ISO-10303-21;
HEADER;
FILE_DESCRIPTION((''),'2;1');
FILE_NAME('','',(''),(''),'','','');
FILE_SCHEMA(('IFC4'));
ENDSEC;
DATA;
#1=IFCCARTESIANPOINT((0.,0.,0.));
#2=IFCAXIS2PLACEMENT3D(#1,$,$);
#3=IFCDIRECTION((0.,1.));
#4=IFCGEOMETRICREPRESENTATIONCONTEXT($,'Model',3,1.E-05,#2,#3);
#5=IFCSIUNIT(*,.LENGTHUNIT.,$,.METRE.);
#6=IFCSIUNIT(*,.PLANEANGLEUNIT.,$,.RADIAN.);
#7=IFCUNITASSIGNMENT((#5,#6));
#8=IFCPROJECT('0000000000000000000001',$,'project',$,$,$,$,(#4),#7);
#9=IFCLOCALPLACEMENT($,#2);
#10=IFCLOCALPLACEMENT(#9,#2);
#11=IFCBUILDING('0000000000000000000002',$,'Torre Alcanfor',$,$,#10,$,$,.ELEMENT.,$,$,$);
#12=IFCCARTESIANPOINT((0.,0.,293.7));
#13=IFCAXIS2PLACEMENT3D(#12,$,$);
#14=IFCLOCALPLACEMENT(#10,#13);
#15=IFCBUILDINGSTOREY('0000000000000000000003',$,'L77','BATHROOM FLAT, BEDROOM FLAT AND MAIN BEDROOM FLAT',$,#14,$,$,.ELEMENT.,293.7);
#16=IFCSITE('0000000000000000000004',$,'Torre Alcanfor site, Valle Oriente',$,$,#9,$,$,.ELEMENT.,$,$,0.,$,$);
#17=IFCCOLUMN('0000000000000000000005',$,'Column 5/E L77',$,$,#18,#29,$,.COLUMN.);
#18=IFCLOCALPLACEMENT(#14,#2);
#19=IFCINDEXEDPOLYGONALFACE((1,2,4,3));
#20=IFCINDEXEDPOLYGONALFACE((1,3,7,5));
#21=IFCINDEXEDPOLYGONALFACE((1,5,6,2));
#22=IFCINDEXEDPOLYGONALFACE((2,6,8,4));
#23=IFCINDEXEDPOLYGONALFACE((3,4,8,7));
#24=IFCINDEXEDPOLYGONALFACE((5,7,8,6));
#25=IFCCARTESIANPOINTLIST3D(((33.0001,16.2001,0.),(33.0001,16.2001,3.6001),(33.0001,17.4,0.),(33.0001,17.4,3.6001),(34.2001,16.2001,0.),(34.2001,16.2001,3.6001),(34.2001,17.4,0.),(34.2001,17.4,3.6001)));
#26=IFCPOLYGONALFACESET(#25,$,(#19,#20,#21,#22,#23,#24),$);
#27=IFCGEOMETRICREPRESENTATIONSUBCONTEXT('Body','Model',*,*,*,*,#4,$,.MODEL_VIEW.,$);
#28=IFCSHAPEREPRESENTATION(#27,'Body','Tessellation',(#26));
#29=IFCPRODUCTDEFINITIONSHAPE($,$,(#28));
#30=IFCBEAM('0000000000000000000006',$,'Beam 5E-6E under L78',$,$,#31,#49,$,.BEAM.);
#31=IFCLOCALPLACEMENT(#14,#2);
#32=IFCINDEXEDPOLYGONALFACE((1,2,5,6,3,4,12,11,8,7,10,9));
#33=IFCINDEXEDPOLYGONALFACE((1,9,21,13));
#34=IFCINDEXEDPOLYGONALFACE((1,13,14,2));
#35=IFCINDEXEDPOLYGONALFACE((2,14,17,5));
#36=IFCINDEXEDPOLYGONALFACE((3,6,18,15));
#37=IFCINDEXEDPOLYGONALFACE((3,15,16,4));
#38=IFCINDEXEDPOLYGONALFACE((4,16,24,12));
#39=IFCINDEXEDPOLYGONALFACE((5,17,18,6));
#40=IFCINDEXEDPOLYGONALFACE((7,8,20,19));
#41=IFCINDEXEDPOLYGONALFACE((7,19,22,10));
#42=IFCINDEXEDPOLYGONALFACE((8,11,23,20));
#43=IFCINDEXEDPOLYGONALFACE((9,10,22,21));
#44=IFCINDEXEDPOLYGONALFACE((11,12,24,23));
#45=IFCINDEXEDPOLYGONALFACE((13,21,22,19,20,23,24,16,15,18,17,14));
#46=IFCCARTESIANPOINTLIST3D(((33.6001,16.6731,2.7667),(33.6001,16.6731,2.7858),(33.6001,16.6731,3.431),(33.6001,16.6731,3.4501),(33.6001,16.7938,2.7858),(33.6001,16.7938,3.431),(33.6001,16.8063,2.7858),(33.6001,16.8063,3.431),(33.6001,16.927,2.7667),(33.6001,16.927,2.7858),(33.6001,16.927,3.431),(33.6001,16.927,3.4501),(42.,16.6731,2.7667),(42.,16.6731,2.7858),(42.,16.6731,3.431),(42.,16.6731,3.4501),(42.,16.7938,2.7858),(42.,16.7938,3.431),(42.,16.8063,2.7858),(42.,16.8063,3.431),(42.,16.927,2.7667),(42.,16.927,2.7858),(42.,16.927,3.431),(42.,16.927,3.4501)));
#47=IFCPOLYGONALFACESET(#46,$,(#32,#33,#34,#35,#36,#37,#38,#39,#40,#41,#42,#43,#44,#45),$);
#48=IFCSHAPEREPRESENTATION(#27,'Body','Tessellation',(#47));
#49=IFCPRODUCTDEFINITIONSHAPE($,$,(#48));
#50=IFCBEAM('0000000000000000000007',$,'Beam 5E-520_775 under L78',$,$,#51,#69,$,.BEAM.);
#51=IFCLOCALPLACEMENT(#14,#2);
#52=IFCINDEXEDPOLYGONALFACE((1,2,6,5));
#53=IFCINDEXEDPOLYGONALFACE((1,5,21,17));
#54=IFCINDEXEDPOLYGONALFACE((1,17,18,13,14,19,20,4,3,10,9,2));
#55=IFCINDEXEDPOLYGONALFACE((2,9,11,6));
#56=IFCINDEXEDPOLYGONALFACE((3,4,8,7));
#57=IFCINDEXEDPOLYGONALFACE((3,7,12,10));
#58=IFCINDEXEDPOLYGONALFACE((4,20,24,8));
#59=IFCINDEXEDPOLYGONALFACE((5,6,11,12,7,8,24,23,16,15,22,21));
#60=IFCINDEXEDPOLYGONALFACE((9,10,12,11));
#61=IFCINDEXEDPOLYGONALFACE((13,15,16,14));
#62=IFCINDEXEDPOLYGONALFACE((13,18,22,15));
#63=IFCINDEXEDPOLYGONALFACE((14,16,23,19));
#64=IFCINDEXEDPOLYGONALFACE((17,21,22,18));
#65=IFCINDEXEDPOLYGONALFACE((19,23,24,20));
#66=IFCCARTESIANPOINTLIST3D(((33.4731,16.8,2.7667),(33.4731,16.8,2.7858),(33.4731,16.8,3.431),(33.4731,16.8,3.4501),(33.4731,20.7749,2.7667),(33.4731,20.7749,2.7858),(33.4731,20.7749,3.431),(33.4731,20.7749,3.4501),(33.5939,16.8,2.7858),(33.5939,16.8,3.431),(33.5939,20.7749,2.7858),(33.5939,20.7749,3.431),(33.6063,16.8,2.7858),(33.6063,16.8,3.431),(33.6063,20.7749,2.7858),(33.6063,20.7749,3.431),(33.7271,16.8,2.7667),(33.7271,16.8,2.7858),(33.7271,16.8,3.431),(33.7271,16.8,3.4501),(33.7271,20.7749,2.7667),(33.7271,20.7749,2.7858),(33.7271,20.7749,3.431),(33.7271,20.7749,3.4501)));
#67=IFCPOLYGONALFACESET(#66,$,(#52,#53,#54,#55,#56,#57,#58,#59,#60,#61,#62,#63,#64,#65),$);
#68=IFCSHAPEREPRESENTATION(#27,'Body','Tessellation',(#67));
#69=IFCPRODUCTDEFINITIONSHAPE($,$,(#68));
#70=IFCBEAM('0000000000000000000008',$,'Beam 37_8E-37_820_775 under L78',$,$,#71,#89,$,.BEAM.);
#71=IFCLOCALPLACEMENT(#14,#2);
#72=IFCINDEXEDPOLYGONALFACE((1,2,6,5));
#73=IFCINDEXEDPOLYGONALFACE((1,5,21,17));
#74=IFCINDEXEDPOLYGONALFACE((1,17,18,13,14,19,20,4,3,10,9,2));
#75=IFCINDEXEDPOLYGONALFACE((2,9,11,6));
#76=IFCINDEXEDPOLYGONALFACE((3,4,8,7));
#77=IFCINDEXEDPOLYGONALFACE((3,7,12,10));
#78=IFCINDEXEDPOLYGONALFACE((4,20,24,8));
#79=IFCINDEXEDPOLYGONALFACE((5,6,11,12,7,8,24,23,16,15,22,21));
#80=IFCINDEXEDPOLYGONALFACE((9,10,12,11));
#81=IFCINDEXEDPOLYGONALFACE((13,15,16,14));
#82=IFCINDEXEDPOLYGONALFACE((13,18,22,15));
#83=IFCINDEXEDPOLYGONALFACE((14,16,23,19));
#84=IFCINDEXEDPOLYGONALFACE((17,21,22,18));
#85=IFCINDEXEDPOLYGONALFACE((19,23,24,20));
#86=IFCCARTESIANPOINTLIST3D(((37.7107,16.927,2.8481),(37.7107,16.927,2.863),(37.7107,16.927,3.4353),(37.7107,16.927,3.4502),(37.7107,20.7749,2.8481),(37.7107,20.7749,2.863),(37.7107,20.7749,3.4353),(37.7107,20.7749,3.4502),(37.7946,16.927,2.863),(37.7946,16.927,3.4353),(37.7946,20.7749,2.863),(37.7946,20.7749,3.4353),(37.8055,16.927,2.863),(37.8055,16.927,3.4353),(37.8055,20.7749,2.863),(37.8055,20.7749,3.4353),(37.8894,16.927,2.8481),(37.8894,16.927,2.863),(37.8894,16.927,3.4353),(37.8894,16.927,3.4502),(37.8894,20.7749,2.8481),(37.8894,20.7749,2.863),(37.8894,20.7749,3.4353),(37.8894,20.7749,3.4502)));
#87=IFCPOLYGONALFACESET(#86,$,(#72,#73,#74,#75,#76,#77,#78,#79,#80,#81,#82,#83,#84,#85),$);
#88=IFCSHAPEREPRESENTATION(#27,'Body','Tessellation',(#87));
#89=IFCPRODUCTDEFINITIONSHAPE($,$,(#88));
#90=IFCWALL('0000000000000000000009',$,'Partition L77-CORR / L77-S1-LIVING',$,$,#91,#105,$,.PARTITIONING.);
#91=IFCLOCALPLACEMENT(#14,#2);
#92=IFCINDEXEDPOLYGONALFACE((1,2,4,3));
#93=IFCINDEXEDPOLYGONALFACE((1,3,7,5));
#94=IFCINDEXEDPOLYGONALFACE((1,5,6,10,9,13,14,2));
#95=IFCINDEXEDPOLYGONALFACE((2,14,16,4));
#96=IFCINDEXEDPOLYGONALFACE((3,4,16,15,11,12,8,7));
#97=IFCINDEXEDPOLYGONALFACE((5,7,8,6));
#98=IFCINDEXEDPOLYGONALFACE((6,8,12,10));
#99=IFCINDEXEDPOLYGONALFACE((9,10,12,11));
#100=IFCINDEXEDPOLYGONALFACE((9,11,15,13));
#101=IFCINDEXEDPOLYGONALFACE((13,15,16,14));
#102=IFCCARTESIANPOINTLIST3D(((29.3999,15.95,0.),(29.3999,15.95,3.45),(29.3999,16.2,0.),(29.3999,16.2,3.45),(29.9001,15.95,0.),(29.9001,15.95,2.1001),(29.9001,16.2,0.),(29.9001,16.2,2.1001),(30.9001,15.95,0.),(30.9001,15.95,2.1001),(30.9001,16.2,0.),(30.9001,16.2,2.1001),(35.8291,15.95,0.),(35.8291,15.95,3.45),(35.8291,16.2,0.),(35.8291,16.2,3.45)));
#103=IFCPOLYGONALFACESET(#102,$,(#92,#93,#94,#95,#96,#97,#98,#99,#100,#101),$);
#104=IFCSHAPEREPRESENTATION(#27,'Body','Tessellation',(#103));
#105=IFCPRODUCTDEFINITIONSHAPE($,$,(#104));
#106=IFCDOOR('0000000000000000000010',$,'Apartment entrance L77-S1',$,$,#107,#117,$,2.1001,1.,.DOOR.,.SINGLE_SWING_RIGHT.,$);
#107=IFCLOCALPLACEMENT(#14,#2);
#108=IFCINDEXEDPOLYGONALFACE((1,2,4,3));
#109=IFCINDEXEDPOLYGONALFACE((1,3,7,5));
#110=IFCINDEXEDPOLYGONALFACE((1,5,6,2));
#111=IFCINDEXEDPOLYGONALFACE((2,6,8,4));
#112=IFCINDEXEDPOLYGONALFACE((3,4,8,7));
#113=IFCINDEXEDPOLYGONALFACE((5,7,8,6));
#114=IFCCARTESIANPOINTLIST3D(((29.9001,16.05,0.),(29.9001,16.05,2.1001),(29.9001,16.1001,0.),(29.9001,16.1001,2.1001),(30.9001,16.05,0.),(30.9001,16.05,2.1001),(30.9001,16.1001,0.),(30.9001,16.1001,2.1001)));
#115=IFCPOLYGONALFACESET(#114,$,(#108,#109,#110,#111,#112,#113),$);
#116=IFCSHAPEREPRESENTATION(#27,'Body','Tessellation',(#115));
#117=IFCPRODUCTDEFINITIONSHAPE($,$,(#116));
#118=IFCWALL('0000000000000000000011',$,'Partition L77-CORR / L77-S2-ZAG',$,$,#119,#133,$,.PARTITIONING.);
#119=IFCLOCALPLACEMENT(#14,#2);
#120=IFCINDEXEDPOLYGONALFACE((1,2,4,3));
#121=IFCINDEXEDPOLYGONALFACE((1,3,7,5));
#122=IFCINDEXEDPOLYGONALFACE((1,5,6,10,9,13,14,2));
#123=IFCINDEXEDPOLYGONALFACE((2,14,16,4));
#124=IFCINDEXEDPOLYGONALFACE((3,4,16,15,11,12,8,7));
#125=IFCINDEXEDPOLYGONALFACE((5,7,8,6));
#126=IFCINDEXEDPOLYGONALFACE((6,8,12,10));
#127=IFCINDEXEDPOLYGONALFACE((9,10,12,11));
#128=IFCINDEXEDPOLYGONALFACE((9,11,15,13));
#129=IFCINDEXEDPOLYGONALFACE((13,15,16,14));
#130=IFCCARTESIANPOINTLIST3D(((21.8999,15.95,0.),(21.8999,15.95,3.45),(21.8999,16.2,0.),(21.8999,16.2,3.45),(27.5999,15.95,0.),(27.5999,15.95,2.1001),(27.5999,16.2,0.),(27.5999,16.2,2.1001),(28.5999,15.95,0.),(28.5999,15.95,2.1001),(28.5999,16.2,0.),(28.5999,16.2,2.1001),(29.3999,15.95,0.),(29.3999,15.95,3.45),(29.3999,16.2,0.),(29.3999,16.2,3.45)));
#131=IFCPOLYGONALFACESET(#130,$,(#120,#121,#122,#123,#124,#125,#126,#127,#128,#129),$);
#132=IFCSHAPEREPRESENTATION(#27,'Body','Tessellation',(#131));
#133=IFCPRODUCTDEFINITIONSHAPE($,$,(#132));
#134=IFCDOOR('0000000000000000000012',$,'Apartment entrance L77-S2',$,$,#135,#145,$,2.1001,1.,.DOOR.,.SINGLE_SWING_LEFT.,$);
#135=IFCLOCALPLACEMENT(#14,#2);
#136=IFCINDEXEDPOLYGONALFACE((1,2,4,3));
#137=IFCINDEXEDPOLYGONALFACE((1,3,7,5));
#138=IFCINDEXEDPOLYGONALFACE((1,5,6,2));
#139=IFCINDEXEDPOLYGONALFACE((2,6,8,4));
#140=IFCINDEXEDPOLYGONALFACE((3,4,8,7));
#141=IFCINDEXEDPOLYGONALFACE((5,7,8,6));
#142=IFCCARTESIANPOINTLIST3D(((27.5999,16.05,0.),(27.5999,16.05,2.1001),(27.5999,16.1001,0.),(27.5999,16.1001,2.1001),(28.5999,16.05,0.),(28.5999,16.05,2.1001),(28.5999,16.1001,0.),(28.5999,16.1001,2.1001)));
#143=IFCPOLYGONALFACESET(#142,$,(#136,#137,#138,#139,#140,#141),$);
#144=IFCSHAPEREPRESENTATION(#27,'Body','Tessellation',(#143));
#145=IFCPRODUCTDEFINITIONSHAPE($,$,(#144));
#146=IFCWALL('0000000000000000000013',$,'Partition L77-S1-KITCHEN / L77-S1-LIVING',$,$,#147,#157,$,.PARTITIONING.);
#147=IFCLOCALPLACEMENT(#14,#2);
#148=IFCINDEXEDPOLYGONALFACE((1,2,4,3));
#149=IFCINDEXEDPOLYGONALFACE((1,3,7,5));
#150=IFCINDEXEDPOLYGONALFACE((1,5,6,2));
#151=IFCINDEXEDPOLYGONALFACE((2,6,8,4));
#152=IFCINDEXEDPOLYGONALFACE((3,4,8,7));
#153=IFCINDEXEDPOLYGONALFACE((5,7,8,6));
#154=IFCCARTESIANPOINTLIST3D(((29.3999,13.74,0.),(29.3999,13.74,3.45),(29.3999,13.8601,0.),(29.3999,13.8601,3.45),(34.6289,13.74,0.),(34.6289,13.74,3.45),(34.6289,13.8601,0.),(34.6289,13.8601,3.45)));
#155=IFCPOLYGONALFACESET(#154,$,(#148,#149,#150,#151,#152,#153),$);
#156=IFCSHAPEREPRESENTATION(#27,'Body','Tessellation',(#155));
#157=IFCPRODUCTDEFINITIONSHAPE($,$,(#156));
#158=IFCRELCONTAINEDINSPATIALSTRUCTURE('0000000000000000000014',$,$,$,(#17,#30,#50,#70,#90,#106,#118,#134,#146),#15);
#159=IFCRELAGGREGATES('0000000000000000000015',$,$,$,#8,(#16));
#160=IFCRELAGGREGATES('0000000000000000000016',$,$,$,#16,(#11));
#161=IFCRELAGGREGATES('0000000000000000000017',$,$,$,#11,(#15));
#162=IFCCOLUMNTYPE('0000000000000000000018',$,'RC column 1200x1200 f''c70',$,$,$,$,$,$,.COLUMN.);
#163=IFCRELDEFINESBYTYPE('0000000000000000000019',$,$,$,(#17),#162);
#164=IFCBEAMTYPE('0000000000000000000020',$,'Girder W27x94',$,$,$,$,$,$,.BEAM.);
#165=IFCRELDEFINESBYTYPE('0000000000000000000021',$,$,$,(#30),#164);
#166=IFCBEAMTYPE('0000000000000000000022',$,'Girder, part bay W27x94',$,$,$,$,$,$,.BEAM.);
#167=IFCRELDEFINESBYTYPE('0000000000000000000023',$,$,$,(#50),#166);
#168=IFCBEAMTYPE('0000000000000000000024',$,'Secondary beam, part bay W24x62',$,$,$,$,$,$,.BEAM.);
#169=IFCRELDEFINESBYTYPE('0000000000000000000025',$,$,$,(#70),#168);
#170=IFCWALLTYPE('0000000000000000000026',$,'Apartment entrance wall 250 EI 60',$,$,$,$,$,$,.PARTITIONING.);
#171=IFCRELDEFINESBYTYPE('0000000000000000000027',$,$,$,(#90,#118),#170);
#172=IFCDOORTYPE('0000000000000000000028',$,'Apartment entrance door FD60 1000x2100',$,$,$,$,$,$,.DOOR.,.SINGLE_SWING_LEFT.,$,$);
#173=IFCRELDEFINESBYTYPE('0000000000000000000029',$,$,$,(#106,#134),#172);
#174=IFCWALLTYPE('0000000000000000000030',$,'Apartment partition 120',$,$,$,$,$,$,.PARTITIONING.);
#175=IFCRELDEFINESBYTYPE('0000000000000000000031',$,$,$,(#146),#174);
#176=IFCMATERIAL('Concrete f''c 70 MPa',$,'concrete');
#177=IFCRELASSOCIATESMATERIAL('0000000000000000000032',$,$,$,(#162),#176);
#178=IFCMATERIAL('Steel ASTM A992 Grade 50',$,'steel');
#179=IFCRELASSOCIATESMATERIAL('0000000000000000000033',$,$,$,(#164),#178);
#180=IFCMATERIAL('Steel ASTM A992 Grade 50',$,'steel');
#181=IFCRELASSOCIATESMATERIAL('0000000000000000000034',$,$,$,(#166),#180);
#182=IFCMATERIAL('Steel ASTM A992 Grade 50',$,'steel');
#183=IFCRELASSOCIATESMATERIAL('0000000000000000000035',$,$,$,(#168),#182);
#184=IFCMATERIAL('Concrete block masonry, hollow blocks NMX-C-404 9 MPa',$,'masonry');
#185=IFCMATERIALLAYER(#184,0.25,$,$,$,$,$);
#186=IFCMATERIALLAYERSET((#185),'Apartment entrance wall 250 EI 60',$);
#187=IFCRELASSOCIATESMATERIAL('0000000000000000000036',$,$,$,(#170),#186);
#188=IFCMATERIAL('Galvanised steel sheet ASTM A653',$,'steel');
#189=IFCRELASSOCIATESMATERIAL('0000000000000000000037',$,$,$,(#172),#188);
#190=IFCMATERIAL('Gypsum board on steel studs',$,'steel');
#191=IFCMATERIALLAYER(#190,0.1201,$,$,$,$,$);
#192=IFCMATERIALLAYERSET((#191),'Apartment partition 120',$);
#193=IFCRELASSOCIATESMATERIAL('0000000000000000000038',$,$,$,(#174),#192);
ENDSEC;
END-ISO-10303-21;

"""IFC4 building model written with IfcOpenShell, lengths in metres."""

from ifc_helpers import new_model, si_unit, direction, frame, frame_2d, origin, origin_2d, place, context, subcontext, project, spatial, rectangle, i_section, extrude, material, layer, layer_set, material_profile, profile_set, type_object, element, fill, save


model = new_model("IFC4")

# Units and contexts
model_context = context("Model", 3, precision=1e-05, world=origin(), true_north=direction((0.0, 1.0)))
body_context = subcontext(model_context, "Body", "Model", "MODEL_VIEW")
ifc_project = project(units=[si_unit("LENGTHUNIT", "METRE"), si_unit("PLANEANGLEUNIT", "RADIAN")], contexts=[model_context])

# Site, building, storey
site_placement = place(None, origin())
site = spatial("IfcSite", under=ifc_project, at=site_placement, Name="Torre Alcanfor site, Valle Oriente", CompositionType="ELEMENT", RefElevation=0.0)
building_placement = place(site_placement, origin())
building = spatial("IfcBuilding", under=site, at=building_placement, Name="Torre Alcanfor", CompositionType="ELEMENT")
storey_placement = place(building_placement, frame((0.0, 0.0, 293.7)))
storey = spatial("IfcBuildingStorey", under=building, at=storey_placement, Name="L77", Description="BATHROOM FLAT, BEDROOM FLAT AND MAIN BEDROOM FLAT", CompositionType="ELEMENT", Elevation=293.7)

# Column
ifc_material_1 = material(Name="Concrete f'c 70 MPa", Category="concrete")
ifc_material_profile_1 = material_profile(ifc_material_1, rectangle(XDim=1.2, YDim=1.2, at=origin_2d()), Name="1200x1200")
ifc_profile_set_1 = profile_set([ifc_material_profile_1], Name="Concrete f'c 70 MPa")
column_type = type_object("IfcColumnType", Name="RC column 1200x1200 f'c70", PredefinedType="COLUMN", material=ifc_profile_set_1)
column_placement = place(storey_placement, frame((33.6001, 16.8, 0.0), z_axis=(0.0, 0.0, 1.0), x_axis=(1.0, 0.0, 0.0)))
element("IfcColumn", 1, at=column_placement, inside=storey, type_object=column_type, Name="Column 5/E L77", PredefinedType="COLUMN", context=body_context, shape_type="SweptSolid", body=[
    extrude(rectangle(XDim=1.2, YDim=1.2, at=origin_2d()), origin(), (0.0, 0.0, 1.0), 3.6001),
])

# Beams
ifc_material_2 = material(Name="Steel ASTM A992 Grade 50", Category="steel")
ifc_material_profile_2 = material_profile(ifc_material_2, i_section(OverallWidth=0.2539, OverallDepth=0.6833, WebThickness=0.0125, FlangeThickness=0.019, at=origin_2d()), Name="W27x94")
ifc_profile_set_2 = profile_set([ifc_material_profile_2], Name="Steel ASTM A992 Grade 50")
beam_type_1 = type_object("IfcBeamType", Name="Girder W27x94", PredefinedType="BEAM", material=ifc_profile_set_2)
beam_1_placement = place(storey_placement, frame((33.6001, 16.8, 3.1084), z_axis=(1.0, 0.0, 0.0), x_axis=(0.0, 1.0, 0.0)))
element("IfcBeam", 2, at=beam_1_placement, inside=storey, type_object=beam_type_1, Name="Beam 5E-6E under L78", PredefinedType="BEAM", context=body_context, shape_type="SweptSolid", body=[
    extrude(i_section(OverallWidth=0.2539, OverallDepth=0.6833, WebThickness=0.0125, FlangeThickness=0.019, at=origin_2d()), origin(), (0.0, 0.0, 1.0), 8.3999),
])
ifc_material_3 = material(Name="Steel ASTM A992 Grade 50", Category="steel")
ifc_material_profile_3 = material_profile(ifc_material_3, i_section(OverallWidth=0.2539, OverallDepth=0.6833, WebThickness=0.0125, FlangeThickness=0.019, at=origin_2d()), Name="W27x94")
ifc_profile_set_3 = profile_set([ifc_material_profile_3], Name="Steel ASTM A992 Grade 50")
beam_type_2 = type_object("IfcBeamType", Name="Girder, part bay W27x94", PredefinedType="BEAM", material=ifc_profile_set_3)
beam_2_placement = place(storey_placement, frame((33.6001, 16.8, 3.1084), z_axis=(0.0, 1.0, 0.0), x_axis=(-1.0, 0.0, 0.0)))
element("IfcBeam", 3, at=beam_2_placement, inside=storey, type_object=beam_type_2, Name="Beam 5E-520_775 under L78", PredefinedType="BEAM", context=body_context, shape_type="SweptSolid", body=[
    extrude(i_section(OverallWidth=0.2539, OverallDepth=0.6833, WebThickness=0.0125, FlangeThickness=0.019, at=origin_2d()), origin(), (0.0, 0.0, 1.0), 3.9749),
])
ifc_material_4 = material(Name="Steel ASTM A992 Grade 50", Category="steel")
ifc_material_profile_4 = material_profile(ifc_material_4, i_section(OverallWidth=0.1787, OverallDepth=0.6021, WebThickness=0.011, FlangeThickness=0.0149, at=origin_2d()), Name="W24x62")
ifc_profile_set_4 = profile_set([ifc_material_profile_4], Name="Steel ASTM A992 Grade 50")
beam_type_3 = type_object("IfcBeamType", Name="Secondary beam, part bay W24x62", PredefinedType="BEAM", material=ifc_profile_set_4)
beam_3_placement = place(storey_placement, frame((37.8, 16.927, 3.1492), z_axis=(0.0, 1.0, 0.0), x_axis=(-1.0, 0.0, 0.0)))
element("IfcBeam", 4, at=beam_3_placement, inside=storey, type_object=beam_type_3, Name="Beam 37_8E-37_820_775 under L78", PredefinedType="BEAM", context=body_context, shape_type="SweptSolid", body=[
    extrude(i_section(OverallWidth=0.1787, OverallDepth=0.6021, WebThickness=0.011, FlangeThickness=0.0149, at=origin_2d()), origin(), (0.0, 0.0, 1.0), 3.8479),
])

# Walls, openings, doors
ifc_material_5 = material(Name="Concrete block masonry, hollow blocks NMX-C-404 9 MPa", Category="masonry")
ifc_layer_1 = layer(ifc_material_5, 0.25)
ifc_layer_set_1 = layer_set([ifc_layer_1], Name="Apartment entrance wall 250 EI 60")
wall_type_1 = type_object("IfcWallType", Name="Apartment entrance wall 250 EI 60", PredefinedType="PARTITIONING", material=ifc_layer_set_1)
wall_1_placement = place(storey_placement, frame((35.8291, 16.075, 0.0), z_axis=(0.0, 0.0, 1.0), x_axis=(-1.0, 0.0, 0.0)))
wall_1 = element("IfcWall", 5, at=wall_1_placement, inside=storey, type_object=wall_type_1, Name="Partition L77-CORR / L77-S1-LIVING", PredefinedType="PARTITIONING", context=body_context, shape_type="SweptSolid", body=[
    extrude(rectangle(XDim=6.4292, YDim=0.25, at=frame_2d((3.2146, 0.0))), origin(), (0.0, 0.0, 1.0), 3.45),
])
opening_1_placement = place(wall_1_placement, frame((4.929, 0.0, 0.0)))
opening_1 = element("IfcOpeningElement", 6, at=opening_1_placement, cuts=wall_1, PredefinedType="OPENING", context=body_context, shape_type="SweptSolid", body=[
    extrude(rectangle(XDim=1.0, YDim=2.1001, at=frame_2d((0.5, 1.05))), frame((0.0, 0.135, 0.0), z_axis=(0.0, -1.0, 0.0), x_axis=(1.0, 0.0, 0.0)), (0.0, 0.0, 1.0), 0.27),
])
ifc_material_6 = material(Name="Galvanised steel sheet ASTM A653", Category="steel")
door_type_1 = type_object("IfcDoorType", Name="Apartment entrance door FD60 1000x2100", OperationType="SINGLE_SWING_LEFT", PredefinedType="DOOR", material=ifc_material_6)
door_1_placement = place(opening_1_placement, origin())
door_1 = element("IfcDoor", 7, at=door_1_placement, inside=storey, type_object=door_type_1, Name="Apartment entrance L77-S1", OperationType="SINGLE_SWING_RIGHT", OverallHeight=2.1001, OverallWidth=1.0, PredefinedType="DOOR", context=body_context, shape_type="SweptSolid", body=[
    extrude(rectangle(XDim=1.0, YDim=2.1001, at=frame_2d((0.5, 1.05))), frame((0.0, 0.0249, 0.0), z_axis=(0.0, -1.0, 0.0), x_axis=(1.0, 0.0, 0.0)), (0.0, 0.0, 1.0), 0.05),
])
fill(opening_1, door_1)
wall_2_placement = place(storey_placement, frame((29.3999, 16.075, 0.0), z_axis=(0.0, 0.0, 1.0), x_axis=(-1.0, 0.0, 0.0)))
wall_2 = element("IfcWall", 8, at=wall_2_placement, inside=storey, type_object=wall_type_1, Name="Partition L77-CORR / L77-S2-ZAG", PredefinedType="PARTITIONING", context=body_context, shape_type="SweptSolid", body=[
    extrude(rectangle(XDim=7.5, YDim=0.25, at=frame_2d((3.75, 0.0))), origin(), (0.0, 0.0, 1.0), 3.45),
])
opening_2_placement = place(wall_2_placement, frame((0.8, 0.0, 0.0)))
opening_2 = element("IfcOpeningElement", 9, at=opening_2_placement, cuts=wall_2, PredefinedType="OPENING", context=body_context, shape_type="SweptSolid", body=[
    extrude(rectangle(XDim=1.0, YDim=2.1001, at=frame_2d((0.5, 1.05))), frame((0.0, 0.135, 0.0), z_axis=(0.0, -1.0, 0.0), x_axis=(1.0, 0.0, 0.0)), (0.0, 0.0, 1.0), 0.27),
])
door_2_placement = place(opening_2_placement, origin())
door_2 = element("IfcDoor", 10, at=door_2_placement, inside=storey, type_object=door_type_1, Name="Apartment entrance L77-S2", OperationType="SINGLE_SWING_LEFT", OverallHeight=2.1001, OverallWidth=1.0, PredefinedType="DOOR", context=body_context, shape_type="SweptSolid", body=[
    extrude(rectangle(XDim=1.0, YDim=2.1001, at=frame_2d((0.5, 1.05))), frame((0.0, 0.0249, 0.0), z_axis=(0.0, -1.0, 0.0), x_axis=(1.0, 0.0, 0.0)), (0.0, 0.0, 1.0), 0.05),
])
fill(opening_2, door_2)

# Wall
ifc_material_7 = material(Name="Gypsum board on steel studs", Category="steel")
ifc_layer_2 = layer(ifc_material_7, 0.1201)
ifc_layer_set_2 = layer_set([ifc_layer_2], Name="Apartment partition 120")
wall_type_2 = type_object("IfcWallType", Name="Apartment partition 120", PredefinedType="PARTITIONING", material=ifc_layer_set_2)
wall_3_placement = place(storey_placement, frame((34.6289, 13.8, 0.0), z_axis=(0.0, 0.0, 1.0), x_axis=(-1.0, 0.0, 0.0)))
element("IfcWall", 11, at=wall_3_placement, inside=storey, type_object=wall_type_2, Name="Partition L77-S1-KITCHEN / L77-S1-LIVING", PredefinedType="PARTITIONING", context=body_context, shape_type="SweptSolid", body=[
    extrude(rectangle(XDim=5.229, YDim=0.1201, at=frame_2d((2.6145, 0.0))), origin(), (0.0, 0.0, 1.0), 3.45),
])

save(model, "model.ifc")
